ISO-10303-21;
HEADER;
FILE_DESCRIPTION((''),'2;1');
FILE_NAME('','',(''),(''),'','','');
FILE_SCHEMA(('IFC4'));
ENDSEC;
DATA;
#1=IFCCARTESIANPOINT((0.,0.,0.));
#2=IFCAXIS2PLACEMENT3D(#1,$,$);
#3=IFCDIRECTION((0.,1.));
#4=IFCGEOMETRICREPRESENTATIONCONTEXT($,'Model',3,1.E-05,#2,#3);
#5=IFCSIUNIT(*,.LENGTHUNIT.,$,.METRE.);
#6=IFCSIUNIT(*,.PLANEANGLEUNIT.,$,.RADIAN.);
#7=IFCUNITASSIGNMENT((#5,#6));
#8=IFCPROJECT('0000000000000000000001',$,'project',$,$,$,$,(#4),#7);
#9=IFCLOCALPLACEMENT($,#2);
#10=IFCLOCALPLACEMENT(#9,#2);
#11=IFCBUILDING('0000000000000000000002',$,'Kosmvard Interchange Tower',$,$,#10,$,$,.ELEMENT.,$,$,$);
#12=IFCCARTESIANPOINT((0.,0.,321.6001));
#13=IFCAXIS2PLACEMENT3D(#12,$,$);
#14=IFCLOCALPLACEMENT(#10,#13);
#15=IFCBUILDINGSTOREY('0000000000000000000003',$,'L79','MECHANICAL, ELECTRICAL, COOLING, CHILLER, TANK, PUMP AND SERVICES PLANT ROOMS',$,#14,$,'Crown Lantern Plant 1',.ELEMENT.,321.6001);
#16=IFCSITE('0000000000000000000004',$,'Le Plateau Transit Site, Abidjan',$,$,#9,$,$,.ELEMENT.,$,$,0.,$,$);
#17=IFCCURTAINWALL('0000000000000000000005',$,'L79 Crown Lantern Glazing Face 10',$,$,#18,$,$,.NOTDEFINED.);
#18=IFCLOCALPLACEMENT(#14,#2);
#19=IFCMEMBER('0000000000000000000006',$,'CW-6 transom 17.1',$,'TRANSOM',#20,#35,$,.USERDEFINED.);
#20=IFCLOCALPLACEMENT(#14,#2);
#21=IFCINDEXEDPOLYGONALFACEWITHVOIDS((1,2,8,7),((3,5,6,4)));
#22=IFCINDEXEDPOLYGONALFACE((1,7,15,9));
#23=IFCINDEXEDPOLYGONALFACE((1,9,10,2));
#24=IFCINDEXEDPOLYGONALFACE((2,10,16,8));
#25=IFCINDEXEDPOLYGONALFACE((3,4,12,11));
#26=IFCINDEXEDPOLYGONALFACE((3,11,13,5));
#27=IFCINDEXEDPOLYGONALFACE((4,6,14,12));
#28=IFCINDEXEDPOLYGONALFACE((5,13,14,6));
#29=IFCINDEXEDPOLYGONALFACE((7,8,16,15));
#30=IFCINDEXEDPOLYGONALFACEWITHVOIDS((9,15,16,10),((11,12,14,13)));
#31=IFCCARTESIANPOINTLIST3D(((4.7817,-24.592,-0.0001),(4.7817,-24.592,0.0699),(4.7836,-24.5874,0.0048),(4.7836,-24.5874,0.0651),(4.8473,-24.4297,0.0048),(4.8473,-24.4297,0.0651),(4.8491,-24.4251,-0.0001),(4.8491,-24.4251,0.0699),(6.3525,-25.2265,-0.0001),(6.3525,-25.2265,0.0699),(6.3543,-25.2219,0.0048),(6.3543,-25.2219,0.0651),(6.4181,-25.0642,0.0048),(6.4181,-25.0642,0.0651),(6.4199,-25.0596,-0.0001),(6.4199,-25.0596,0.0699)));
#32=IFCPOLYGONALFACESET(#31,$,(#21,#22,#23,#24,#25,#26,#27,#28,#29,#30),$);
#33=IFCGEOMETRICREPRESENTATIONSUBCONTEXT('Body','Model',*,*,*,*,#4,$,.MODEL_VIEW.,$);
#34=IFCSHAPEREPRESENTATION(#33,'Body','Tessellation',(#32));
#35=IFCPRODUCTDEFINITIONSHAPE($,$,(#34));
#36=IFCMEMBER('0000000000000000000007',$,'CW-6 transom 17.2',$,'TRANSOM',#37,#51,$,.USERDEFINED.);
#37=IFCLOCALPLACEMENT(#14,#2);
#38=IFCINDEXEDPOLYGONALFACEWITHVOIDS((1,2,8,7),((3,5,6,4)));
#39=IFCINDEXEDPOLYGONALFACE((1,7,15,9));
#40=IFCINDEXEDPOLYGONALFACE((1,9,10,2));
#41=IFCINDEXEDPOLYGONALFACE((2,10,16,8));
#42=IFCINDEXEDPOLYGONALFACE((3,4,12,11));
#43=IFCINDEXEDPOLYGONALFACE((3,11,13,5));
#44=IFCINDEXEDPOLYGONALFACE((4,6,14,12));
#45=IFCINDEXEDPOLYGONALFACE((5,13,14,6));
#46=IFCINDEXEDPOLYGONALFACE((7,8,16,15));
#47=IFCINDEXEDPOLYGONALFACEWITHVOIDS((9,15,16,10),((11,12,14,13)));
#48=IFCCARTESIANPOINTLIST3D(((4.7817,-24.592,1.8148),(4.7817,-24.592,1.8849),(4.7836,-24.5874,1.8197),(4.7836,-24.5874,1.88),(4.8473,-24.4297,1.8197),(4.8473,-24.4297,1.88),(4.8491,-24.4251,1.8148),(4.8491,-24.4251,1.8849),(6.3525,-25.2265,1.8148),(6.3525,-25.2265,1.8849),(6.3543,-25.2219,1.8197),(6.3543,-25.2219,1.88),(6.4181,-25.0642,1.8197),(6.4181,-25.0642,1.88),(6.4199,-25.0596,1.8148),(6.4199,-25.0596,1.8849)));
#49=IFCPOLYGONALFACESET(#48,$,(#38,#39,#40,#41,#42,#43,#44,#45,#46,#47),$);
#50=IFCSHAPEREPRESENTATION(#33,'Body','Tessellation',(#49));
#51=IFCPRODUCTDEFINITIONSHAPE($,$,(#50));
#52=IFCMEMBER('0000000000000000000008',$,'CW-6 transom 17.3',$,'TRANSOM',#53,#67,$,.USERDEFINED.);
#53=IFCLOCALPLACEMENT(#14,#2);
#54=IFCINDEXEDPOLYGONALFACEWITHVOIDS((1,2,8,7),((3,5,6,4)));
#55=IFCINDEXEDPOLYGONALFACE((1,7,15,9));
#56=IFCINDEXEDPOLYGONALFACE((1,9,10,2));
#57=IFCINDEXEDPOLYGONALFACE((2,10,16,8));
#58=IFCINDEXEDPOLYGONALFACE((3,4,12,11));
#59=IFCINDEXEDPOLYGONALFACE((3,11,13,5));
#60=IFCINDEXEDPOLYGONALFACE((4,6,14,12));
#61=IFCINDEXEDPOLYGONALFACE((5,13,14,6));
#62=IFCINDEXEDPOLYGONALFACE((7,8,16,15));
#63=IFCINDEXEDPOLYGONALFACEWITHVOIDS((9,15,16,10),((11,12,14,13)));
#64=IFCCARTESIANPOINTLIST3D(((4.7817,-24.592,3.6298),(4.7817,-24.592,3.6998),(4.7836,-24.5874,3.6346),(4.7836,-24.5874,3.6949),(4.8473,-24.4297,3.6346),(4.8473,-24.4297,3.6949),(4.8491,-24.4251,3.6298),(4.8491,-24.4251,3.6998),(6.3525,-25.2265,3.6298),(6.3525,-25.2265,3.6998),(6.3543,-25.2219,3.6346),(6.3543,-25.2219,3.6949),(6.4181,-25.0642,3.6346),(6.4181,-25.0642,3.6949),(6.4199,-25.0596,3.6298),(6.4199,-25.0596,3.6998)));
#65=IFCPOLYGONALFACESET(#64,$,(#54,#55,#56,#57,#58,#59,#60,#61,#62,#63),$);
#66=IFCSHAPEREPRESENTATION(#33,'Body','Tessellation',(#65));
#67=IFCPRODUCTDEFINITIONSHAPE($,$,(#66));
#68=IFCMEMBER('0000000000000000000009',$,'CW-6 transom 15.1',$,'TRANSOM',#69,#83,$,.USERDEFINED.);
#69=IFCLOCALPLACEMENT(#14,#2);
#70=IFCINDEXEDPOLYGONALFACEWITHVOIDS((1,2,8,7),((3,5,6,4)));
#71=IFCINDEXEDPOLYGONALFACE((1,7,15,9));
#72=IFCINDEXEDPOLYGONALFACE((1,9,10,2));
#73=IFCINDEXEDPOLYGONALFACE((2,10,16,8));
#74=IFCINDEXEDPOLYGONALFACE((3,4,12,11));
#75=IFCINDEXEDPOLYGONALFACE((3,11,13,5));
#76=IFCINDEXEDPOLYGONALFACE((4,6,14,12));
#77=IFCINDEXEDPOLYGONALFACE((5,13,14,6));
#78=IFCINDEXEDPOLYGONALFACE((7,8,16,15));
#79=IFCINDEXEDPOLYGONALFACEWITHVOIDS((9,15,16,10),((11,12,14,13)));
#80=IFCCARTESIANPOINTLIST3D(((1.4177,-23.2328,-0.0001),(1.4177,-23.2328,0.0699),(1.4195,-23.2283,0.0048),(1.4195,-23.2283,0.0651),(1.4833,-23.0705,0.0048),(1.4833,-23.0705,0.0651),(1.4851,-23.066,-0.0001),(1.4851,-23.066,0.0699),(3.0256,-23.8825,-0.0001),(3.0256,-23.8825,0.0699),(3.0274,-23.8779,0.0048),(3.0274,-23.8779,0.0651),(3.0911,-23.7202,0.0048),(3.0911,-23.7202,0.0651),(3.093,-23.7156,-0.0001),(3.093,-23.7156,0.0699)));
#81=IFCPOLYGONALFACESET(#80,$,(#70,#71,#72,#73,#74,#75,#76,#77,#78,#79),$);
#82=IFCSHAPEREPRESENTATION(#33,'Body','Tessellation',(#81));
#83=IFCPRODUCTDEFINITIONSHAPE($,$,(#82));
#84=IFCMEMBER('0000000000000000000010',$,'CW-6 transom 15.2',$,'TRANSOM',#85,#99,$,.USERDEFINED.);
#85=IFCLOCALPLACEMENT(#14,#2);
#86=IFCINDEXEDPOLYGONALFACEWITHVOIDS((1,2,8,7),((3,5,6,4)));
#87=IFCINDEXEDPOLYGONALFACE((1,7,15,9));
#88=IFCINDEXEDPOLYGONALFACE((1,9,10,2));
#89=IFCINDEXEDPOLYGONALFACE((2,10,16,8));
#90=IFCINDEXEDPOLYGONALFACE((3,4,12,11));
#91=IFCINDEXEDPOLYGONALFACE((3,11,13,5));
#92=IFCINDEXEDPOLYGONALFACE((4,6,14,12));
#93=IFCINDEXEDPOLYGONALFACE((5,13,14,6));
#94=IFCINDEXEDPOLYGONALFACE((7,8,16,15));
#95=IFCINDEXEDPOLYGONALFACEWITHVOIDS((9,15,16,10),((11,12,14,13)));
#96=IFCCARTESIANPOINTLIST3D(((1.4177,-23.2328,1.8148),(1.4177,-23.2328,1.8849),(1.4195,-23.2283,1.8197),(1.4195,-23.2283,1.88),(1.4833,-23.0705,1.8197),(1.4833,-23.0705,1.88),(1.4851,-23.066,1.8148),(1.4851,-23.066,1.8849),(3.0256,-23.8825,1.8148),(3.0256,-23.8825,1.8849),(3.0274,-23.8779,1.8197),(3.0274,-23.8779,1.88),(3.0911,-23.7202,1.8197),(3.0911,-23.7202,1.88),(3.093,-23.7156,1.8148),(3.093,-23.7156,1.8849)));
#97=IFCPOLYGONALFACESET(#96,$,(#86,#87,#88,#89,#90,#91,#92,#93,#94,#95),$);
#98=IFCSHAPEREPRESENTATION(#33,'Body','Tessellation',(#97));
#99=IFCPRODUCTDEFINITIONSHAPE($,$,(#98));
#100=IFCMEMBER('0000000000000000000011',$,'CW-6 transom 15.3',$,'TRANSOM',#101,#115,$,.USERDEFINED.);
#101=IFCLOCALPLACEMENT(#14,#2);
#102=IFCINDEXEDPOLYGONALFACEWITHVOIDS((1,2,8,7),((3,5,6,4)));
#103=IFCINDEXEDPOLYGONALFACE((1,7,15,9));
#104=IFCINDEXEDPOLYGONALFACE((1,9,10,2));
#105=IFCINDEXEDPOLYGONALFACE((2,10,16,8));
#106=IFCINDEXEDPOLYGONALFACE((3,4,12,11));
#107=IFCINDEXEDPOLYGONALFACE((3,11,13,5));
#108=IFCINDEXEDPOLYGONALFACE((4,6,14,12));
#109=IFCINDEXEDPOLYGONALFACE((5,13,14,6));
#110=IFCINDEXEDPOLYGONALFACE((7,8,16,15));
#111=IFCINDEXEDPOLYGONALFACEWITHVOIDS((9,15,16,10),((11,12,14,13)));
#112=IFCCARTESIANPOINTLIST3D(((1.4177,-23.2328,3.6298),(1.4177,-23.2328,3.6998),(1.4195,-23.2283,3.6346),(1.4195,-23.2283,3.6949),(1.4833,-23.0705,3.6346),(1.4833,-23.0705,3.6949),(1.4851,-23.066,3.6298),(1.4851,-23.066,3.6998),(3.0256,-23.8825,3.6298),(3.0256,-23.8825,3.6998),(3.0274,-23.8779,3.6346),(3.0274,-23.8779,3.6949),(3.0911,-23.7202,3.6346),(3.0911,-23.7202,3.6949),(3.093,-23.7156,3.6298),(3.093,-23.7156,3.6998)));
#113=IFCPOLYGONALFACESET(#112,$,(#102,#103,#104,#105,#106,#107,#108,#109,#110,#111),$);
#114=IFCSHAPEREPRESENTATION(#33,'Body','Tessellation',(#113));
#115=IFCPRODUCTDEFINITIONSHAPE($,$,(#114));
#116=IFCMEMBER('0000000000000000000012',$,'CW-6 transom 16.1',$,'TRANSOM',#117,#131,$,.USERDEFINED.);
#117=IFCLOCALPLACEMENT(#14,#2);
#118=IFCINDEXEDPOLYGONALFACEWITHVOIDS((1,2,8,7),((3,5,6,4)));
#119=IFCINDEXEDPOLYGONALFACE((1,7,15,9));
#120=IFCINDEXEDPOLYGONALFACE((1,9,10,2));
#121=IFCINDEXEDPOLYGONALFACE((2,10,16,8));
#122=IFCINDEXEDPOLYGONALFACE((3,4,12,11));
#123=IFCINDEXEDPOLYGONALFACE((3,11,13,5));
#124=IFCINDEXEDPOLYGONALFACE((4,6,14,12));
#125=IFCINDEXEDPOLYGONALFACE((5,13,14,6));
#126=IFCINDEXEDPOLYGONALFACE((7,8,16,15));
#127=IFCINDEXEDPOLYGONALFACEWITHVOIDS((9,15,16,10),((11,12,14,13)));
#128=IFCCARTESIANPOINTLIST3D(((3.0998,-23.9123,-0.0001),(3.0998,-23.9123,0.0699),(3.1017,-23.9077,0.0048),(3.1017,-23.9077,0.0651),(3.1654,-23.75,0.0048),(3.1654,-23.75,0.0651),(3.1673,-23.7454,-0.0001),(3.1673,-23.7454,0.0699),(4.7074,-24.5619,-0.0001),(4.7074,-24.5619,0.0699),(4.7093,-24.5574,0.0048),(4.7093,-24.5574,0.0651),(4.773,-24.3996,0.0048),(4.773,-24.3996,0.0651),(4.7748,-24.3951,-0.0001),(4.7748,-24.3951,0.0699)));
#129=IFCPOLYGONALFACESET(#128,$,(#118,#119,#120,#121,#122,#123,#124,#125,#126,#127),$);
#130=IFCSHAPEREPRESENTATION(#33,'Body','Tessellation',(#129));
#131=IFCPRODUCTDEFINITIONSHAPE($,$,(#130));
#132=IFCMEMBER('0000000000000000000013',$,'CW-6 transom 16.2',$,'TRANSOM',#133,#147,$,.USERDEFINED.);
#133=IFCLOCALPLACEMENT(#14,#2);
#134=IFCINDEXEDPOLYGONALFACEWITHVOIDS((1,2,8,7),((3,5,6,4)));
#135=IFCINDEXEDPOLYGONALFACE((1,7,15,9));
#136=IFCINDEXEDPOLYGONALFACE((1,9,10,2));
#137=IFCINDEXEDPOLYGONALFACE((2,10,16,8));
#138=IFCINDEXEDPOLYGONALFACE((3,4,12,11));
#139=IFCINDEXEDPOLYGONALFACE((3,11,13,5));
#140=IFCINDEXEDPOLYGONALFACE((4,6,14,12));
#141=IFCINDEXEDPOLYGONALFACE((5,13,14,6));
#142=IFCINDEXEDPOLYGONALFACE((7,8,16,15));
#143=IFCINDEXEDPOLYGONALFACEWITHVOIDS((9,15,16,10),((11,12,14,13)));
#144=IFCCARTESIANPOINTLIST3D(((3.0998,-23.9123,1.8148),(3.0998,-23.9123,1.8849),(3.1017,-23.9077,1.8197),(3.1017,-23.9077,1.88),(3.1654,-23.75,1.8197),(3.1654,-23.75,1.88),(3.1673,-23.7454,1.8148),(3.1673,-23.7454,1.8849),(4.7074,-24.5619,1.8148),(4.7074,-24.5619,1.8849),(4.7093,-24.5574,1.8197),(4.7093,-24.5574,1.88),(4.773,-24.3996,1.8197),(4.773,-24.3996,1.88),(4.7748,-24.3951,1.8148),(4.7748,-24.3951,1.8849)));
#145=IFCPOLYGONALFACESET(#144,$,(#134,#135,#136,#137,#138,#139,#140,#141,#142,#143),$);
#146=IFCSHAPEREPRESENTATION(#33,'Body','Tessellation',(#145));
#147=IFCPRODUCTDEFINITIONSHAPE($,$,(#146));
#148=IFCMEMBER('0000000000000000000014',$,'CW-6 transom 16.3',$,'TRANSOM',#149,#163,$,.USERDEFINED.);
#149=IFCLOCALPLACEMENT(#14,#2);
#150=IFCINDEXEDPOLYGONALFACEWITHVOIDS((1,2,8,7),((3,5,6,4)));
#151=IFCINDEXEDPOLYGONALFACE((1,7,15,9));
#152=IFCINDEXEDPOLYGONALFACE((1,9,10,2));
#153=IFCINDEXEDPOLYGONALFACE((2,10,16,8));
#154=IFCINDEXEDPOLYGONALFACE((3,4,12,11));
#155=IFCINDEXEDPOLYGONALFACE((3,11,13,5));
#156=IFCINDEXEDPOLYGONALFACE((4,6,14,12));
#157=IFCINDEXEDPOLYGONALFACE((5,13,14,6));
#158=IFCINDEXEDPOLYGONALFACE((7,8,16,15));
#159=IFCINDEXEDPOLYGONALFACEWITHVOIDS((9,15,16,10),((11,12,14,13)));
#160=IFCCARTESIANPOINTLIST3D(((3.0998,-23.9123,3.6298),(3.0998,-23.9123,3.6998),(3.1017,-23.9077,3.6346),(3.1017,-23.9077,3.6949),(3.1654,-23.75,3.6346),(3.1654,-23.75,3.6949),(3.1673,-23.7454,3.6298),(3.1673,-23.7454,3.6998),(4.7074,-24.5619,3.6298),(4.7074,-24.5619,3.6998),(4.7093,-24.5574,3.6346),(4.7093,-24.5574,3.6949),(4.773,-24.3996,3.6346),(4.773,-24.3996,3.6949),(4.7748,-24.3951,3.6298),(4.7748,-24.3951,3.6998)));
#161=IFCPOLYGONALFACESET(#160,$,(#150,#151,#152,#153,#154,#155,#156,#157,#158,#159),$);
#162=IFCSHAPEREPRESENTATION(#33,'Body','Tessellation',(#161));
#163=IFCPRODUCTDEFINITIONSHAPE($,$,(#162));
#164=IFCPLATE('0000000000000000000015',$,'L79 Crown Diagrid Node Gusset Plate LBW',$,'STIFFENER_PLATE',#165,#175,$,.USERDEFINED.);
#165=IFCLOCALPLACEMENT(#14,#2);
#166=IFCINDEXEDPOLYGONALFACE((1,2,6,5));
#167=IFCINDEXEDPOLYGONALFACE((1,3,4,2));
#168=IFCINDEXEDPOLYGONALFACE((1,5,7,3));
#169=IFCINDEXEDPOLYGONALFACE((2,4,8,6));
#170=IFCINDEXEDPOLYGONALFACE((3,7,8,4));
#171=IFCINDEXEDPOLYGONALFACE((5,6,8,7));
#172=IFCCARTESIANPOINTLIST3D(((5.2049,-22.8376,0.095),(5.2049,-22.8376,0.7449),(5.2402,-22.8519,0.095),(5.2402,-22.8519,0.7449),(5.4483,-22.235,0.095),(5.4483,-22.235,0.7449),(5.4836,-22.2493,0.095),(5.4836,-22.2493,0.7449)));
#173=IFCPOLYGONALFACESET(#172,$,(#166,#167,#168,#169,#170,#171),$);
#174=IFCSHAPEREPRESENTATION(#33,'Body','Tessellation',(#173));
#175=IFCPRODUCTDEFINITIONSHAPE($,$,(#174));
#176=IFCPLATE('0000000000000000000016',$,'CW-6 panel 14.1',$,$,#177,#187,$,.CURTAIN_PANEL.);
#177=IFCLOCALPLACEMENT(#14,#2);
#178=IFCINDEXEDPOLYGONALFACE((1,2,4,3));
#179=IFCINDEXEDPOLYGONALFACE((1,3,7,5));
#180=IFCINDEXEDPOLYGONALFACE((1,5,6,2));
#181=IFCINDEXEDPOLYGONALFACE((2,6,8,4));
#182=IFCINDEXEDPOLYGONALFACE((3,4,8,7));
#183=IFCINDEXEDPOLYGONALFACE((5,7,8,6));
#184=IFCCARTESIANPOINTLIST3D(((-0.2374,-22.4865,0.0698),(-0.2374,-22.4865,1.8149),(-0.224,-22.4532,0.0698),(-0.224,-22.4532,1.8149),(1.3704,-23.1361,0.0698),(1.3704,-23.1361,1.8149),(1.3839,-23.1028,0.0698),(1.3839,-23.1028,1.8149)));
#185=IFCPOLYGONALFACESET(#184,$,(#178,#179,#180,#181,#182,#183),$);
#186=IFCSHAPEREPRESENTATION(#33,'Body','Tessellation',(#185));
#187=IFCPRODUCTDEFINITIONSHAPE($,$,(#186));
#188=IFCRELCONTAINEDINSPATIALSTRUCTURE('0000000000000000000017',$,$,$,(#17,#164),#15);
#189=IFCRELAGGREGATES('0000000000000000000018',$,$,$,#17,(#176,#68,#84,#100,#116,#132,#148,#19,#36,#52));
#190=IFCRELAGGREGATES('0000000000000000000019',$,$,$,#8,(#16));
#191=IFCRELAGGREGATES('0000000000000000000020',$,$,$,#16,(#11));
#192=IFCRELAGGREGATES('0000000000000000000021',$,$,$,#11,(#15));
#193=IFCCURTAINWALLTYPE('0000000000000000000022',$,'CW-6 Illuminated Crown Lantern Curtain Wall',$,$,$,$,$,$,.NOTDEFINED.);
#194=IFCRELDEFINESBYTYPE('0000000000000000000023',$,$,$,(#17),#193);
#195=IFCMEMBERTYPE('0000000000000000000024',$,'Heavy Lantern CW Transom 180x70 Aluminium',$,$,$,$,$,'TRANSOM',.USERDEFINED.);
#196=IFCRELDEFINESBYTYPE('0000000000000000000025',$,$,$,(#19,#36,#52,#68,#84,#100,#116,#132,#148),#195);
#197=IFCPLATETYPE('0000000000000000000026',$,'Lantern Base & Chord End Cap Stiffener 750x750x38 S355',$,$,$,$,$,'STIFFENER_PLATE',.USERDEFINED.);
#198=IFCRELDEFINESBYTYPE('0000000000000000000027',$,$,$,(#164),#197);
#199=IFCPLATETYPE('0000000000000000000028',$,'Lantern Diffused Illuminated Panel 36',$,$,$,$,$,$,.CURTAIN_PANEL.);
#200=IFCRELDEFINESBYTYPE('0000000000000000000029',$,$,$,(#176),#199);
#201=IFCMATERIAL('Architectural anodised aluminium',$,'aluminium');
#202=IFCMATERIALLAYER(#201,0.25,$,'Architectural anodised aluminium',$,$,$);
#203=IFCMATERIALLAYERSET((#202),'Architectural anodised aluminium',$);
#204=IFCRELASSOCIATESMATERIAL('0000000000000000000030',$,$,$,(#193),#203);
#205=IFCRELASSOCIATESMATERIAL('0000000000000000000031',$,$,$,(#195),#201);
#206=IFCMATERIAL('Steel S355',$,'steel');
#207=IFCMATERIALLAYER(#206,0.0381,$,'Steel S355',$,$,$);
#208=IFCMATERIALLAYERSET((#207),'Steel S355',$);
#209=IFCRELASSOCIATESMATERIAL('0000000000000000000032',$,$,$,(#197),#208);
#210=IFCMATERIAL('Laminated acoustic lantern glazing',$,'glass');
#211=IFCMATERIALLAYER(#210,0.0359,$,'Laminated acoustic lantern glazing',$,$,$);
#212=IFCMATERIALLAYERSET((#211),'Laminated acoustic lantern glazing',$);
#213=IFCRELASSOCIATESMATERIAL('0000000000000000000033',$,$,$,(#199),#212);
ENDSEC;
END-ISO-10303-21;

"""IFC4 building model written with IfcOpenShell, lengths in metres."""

from ifc_helpers import new_model, si_unit, direction, frame, origin, origin_2d, place, context, subcontext, project, spatial, rectangle, hollow_rectangle, extrude, source, transform, mapped, material, layer, layer_set, material_profile, profile_set, type_object, element, aggregate, save


model = new_model("IFC4")

# Units and contexts
model_context = context("Model", 3, precision=1e-05, world=origin(), true_north=direction((0.0, 1.0)))
body_context = subcontext(model_context, "Body", "Model", "MODEL_VIEW")
ifc_project = project(units=[si_unit("LENGTHUNIT", "METRE"), si_unit("PLANEANGLEUNIT", "RADIAN")], contexts=[model_context])

# Site, building, storey
site_placement = place(None, origin())
site = spatial("IfcSite", under=ifc_project, at=site_placement, Name="Le Plateau Transit Site, Abidjan", CompositionType="ELEMENT", RefElevation=0.0)
building_placement = place(site_placement, origin())
building = spatial("IfcBuilding", under=site, at=building_placement, Name="Kosmvard Interchange Tower", CompositionType="ELEMENT")
storey_placement = place(building_placement, frame((0.0, 0.0, 321.6001)))
storey = spatial("IfcBuildingStorey", under=building, at=storey_placement, Name="L79", Description="MECHANICAL, ELECTRICAL, COOLING, CHILLER, TANK, PUMP AND SERVICES PLANT ROOMS", LongName="Crown Lantern Plant 1", CompositionType="ELEMENT", Elevation=321.6001)

# Shared definitions
ifc_material_1 = material(Name="Steel S355", Category="steel")

# Curtain wall, members
ifc_material_2 = material(Name="Architectural anodised aluminium", Category="aluminium")
ifc_layer_1 = layer(ifc_material_2, 0.25, Name="Architectural anodised aluminium")
ifc_layer_set_1 = layer_set([ifc_layer_1], Name="Architectural anodised aluminium")
curtain_wall_type = type_object("IfcCurtainWallType", Name="CW-6 Illuminated Crown Lantern Curtain Wall", PredefinedType="NOTDEFINED", material=ifc_layer_set_1)
curtain_wall_placement = place(storey_placement, origin())
curtain_wall = element("IfcCurtainWall", 1, at=curtain_wall_placement, inside=storey, type_object=curtain_wall_type, Name="L79 Crown Lantern Glazing Face 10", PredefinedType="NOTDEFINED")
ifc_material_profile_1 = material_profile(ifc_material_2, hollow_rectangle(XDim=0.1799, YDim=0.0701, WallThickness=0.0049, at=origin_2d()), Name="CWT 180x70x5")
ifc_profile_set_1 = profile_set([ifc_material_profile_1], Name="Architectural anodised aluminium")
member_type_1 = type_object("IfcMemberType", Name="Heavy Lantern CW Transom 180x70 Aluminium", ElementType="TRANSOM", PredefinedType="USERDEFINED", material=ifc_profile_set_1)
shared_shape_1 = source(origin(), body_context, "Body", "SweptSolid", [
    extrude(hollow_rectangle(XDim=0.1799, YDim=0.0701, WallThickness=0.0049, at=origin_2d()), origin(), (0.0, 0.0, 1.0), 1.6941),
])
member_1_placement = place(storey_placement, frame((4.8154, -24.5085, 0.0349), z_axis=(0.927209, -0.374544, 0.0), x_axis=(0.374544, 0.927209, 0.0)))
member_1 = element("IfcMember", 2, at=member_1_placement, type_object=member_type_1, Name="CW-6 transom 17.1", ObjectType="TRANSOM", PredefinedType="USERDEFINED", context=body_context, shape_type="MappedRepresentation", body=[
    mapped(shared_shape_1, transform((0.0, 0.0, 0.0), scale=1.0)),
])
member_2_placement = place(storey_placement, frame((4.8154, -24.5085, 1.8499), z_axis=(0.927209, -0.374544, 0.0), x_axis=(0.374544, 0.927209, 0.0)))
member_2 = element("IfcMember", 3, at=member_2_placement, type_object=member_type_1, Name="CW-6 transom 17.2", ObjectType="TRANSOM", PredefinedType="USERDEFINED", context=body_context, shape_type="MappedRepresentation", body=[
    mapped(shared_shape_1, transform((0.0, 0.0, 0.0), scale=1.0)),
])
member_3_placement = place(storey_placement, frame((4.8154, -24.5085, 3.6648), z_axis=(0.927209, -0.374544, 0.0), x_axis=(0.374544, 0.927209, 0.0)))
member_3 = element("IfcMember", 4, at=member_3_placement, type_object=member_type_1, Name="CW-6 transom 17.3", ObjectType="TRANSOM", PredefinedType="USERDEFINED", context=body_context, shape_type="MappedRepresentation", body=[
    mapped(shared_shape_1, transform((0.0, 0.0, 0.0), scale=1.0)),
])
shared_shape_2 = source(origin(), body_context, "Body", "SweptSolid", [
    extrude(hollow_rectangle(XDim=0.1799, YDim=0.0701, WallThickness=0.0049, at=origin_2d()), origin(), (0.0, 0.0, 1.0), 1.7341),
])
member_4_placement = place(storey_placement, frame((1.4514, -23.1494, 0.0349), z_axis=(0.92718, -0.374617, 0.0), x_axis=(0.374617, 0.92718, 0.0)))
member_4 = element("IfcMember", 5, at=member_4_placement, type_object=member_type_1, Name="CW-6 transom 15.1", ObjectType="TRANSOM", PredefinedType="USERDEFINED", context=body_context, shape_type="MappedRepresentation", body=[
    mapped(shared_shape_2, transform((0.0, 0.0, 0.0), scale=1.0)),
])
member_5_placement = place(storey_placement, frame((1.4514, -23.1494, 1.8499), z_axis=(0.92718, -0.374617, 0.0), x_axis=(0.374617, 0.92718, 0.0)))
member_5 = element("IfcMember", 6, at=member_5_placement, type_object=member_type_1, Name="CW-6 transom 15.2", ObjectType="TRANSOM", PredefinedType="USERDEFINED", context=body_context, shape_type="MappedRepresentation", body=[
    mapped(shared_shape_2, transform((0.0, 0.0, 0.0), scale=1.0)),
])
member_6_placement = place(storey_placement, frame((1.4514, -23.1494, 3.6648), z_axis=(0.92718, -0.374617, 0.0), x_axis=(0.374617, 0.92718, 0.0)))
member_6 = element("IfcMember", 7, at=member_6_placement, type_object=member_type_1, Name="CW-6 transom 15.3", ObjectType="TRANSOM", PredefinedType="USERDEFINED", context=body_context, shape_type="MappedRepresentation", body=[
    mapped(shared_shape_2, transform((0.0, 0.0, 0.0), scale=1.0)),
])
shared_shape_3 = source(origin(), body_context, "Body", "SweptSolid", [
    extrude(hollow_rectangle(XDim=0.1799, YDim=0.0701, WallThickness=0.0049, at=origin_2d()), origin(), (0.0, 0.0, 1.0), 1.7339),
])
member_7_placement = place(storey_placement, frame((3.1335, -23.8289, 0.0349), z_axis=(0.92716, -0.374666, 0.0), x_axis=(0.374666, 0.92716, 0.0)))
member_7 = element("IfcMember", 8, at=member_7_placement, type_object=member_type_1, Name="CW-6 transom 16.1", ObjectType="TRANSOM", PredefinedType="USERDEFINED", context=body_context, shape_type="MappedRepresentation", body=[
    mapped(shared_shape_3, transform((0.0, 0.0, 0.0), scale=1.0)),
])
member_8_placement = place(storey_placement, frame((3.1335, -23.8289, 1.8499), z_axis=(0.92716, -0.374666, 0.0), x_axis=(0.374666, 0.92716, 0.0)))
member_8 = element("IfcMember", 9, at=member_8_placement, type_object=member_type_1, Name="CW-6 transom 16.2", ObjectType="TRANSOM", PredefinedType="USERDEFINED", context=body_context, shape_type="MappedRepresentation", body=[
    mapped(shared_shape_3, transform((0.0, 0.0, 0.0), scale=1.0)),
])
member_9_placement = place(storey_placement, frame((3.1335, -23.8289, 3.6648), z_axis=(0.92716, -0.374666, 0.0), x_axis=(0.374666, 0.92716, 0.0)))
member_9 = element("IfcMember", 10, at=member_9_placement, type_object=member_type_1, Name="CW-6 transom 16.3", ObjectType="TRANSOM", PredefinedType="USERDEFINED", context=body_context, shape_type="MappedRepresentation", body=[
    mapped(shared_shape_3, transform((0.0, 0.0, 0.0), scale=1.0)),
])

# Plates
ifc_layer_2 = layer(ifc_material_1, 0.0381, Name="Steel S355")
ifc_layer_set_2 = layer_set([ifc_layer_2], Name="Steel S355")
plate_type_1 = type_object("IfcPlateType", Name="Lantern Base & Chord End Cap Stiffener 750x750x38 S355", ElementType="STIFFENER_PLATE", PredefinedType="USERDEFINED", material=ifc_layer_set_2)
shared_shape_4 = source(origin(), body_context, "Body", "SweptSolid", [
    extrude(rectangle(XDim=0.6499, YDim=0.0381, at=origin_2d()), origin(), (0.0, 0.0, 1.0), 0.6499),
])
plate_1_placement = place(storey_placement, frame((5.3442, -22.5435, 0.095), z_axis=(0.0, 0.0, 1.0), x_axis=(0.374607, 0.927184, 0.0)))
element("IfcPlate", 11, at=plate_1_placement, inside=storey, type_object=plate_type_1, Name="L79 Crown Diagrid Node Gusset Plate LBW", ObjectType="STIFFENER_PLATE", PredefinedType="USERDEFINED", context=body_context, shape_type="MappedRepresentation", body=[
    mapped(shared_shape_4, transform((0.0, 0.0, 0.0), scale=1.0)),
])
ifc_material_3 = material(Name="Laminated acoustic lantern glazing", Category="glass")
ifc_layer_3 = layer(ifc_material_3, 0.0359, Name="Laminated acoustic lantern glazing")
ifc_layer_set_3 = layer_set([ifc_layer_3], Name="Laminated acoustic lantern glazing")
plate_type_2 = type_object("IfcPlateType", Name="Lantern Diffused Illuminated Panel 36", PredefinedType="CURTAIN_PANEL", material=ifc_layer_set_3)
shared_shape_5 = source(origin(), body_context, "Body", "SweptSolid", [
    extrude(rectangle(XDim=1.7341, YDim=0.0359, at=origin_2d()), origin(), (0.0, 0.0, 1.0), 1.7451),
])
plate_2_placement = place(storey_placement, frame((0.5732, -22.7947, 0.0698), z_axis=(0.0, 0.0, 1.0), x_axis=(0.927184, -0.374607, 0.0)))
plate_2 = element("IfcPlate", 12, at=plate_2_placement, type_object=plate_type_2, Name="CW-6 panel 14.1", PredefinedType="CURTAIN_PANEL", context=body_context, shape_type="MappedRepresentation", body=[
    mapped(shared_shape_5, transform((0.0, 0.0, 0.0), scale=1.0)),
])
aggregate(curtain_wall, [plate_2, member_4, member_5, member_6, member_7, member_8, member_9, member_1, member_2, member_3])

save(model, "model.ifc")
